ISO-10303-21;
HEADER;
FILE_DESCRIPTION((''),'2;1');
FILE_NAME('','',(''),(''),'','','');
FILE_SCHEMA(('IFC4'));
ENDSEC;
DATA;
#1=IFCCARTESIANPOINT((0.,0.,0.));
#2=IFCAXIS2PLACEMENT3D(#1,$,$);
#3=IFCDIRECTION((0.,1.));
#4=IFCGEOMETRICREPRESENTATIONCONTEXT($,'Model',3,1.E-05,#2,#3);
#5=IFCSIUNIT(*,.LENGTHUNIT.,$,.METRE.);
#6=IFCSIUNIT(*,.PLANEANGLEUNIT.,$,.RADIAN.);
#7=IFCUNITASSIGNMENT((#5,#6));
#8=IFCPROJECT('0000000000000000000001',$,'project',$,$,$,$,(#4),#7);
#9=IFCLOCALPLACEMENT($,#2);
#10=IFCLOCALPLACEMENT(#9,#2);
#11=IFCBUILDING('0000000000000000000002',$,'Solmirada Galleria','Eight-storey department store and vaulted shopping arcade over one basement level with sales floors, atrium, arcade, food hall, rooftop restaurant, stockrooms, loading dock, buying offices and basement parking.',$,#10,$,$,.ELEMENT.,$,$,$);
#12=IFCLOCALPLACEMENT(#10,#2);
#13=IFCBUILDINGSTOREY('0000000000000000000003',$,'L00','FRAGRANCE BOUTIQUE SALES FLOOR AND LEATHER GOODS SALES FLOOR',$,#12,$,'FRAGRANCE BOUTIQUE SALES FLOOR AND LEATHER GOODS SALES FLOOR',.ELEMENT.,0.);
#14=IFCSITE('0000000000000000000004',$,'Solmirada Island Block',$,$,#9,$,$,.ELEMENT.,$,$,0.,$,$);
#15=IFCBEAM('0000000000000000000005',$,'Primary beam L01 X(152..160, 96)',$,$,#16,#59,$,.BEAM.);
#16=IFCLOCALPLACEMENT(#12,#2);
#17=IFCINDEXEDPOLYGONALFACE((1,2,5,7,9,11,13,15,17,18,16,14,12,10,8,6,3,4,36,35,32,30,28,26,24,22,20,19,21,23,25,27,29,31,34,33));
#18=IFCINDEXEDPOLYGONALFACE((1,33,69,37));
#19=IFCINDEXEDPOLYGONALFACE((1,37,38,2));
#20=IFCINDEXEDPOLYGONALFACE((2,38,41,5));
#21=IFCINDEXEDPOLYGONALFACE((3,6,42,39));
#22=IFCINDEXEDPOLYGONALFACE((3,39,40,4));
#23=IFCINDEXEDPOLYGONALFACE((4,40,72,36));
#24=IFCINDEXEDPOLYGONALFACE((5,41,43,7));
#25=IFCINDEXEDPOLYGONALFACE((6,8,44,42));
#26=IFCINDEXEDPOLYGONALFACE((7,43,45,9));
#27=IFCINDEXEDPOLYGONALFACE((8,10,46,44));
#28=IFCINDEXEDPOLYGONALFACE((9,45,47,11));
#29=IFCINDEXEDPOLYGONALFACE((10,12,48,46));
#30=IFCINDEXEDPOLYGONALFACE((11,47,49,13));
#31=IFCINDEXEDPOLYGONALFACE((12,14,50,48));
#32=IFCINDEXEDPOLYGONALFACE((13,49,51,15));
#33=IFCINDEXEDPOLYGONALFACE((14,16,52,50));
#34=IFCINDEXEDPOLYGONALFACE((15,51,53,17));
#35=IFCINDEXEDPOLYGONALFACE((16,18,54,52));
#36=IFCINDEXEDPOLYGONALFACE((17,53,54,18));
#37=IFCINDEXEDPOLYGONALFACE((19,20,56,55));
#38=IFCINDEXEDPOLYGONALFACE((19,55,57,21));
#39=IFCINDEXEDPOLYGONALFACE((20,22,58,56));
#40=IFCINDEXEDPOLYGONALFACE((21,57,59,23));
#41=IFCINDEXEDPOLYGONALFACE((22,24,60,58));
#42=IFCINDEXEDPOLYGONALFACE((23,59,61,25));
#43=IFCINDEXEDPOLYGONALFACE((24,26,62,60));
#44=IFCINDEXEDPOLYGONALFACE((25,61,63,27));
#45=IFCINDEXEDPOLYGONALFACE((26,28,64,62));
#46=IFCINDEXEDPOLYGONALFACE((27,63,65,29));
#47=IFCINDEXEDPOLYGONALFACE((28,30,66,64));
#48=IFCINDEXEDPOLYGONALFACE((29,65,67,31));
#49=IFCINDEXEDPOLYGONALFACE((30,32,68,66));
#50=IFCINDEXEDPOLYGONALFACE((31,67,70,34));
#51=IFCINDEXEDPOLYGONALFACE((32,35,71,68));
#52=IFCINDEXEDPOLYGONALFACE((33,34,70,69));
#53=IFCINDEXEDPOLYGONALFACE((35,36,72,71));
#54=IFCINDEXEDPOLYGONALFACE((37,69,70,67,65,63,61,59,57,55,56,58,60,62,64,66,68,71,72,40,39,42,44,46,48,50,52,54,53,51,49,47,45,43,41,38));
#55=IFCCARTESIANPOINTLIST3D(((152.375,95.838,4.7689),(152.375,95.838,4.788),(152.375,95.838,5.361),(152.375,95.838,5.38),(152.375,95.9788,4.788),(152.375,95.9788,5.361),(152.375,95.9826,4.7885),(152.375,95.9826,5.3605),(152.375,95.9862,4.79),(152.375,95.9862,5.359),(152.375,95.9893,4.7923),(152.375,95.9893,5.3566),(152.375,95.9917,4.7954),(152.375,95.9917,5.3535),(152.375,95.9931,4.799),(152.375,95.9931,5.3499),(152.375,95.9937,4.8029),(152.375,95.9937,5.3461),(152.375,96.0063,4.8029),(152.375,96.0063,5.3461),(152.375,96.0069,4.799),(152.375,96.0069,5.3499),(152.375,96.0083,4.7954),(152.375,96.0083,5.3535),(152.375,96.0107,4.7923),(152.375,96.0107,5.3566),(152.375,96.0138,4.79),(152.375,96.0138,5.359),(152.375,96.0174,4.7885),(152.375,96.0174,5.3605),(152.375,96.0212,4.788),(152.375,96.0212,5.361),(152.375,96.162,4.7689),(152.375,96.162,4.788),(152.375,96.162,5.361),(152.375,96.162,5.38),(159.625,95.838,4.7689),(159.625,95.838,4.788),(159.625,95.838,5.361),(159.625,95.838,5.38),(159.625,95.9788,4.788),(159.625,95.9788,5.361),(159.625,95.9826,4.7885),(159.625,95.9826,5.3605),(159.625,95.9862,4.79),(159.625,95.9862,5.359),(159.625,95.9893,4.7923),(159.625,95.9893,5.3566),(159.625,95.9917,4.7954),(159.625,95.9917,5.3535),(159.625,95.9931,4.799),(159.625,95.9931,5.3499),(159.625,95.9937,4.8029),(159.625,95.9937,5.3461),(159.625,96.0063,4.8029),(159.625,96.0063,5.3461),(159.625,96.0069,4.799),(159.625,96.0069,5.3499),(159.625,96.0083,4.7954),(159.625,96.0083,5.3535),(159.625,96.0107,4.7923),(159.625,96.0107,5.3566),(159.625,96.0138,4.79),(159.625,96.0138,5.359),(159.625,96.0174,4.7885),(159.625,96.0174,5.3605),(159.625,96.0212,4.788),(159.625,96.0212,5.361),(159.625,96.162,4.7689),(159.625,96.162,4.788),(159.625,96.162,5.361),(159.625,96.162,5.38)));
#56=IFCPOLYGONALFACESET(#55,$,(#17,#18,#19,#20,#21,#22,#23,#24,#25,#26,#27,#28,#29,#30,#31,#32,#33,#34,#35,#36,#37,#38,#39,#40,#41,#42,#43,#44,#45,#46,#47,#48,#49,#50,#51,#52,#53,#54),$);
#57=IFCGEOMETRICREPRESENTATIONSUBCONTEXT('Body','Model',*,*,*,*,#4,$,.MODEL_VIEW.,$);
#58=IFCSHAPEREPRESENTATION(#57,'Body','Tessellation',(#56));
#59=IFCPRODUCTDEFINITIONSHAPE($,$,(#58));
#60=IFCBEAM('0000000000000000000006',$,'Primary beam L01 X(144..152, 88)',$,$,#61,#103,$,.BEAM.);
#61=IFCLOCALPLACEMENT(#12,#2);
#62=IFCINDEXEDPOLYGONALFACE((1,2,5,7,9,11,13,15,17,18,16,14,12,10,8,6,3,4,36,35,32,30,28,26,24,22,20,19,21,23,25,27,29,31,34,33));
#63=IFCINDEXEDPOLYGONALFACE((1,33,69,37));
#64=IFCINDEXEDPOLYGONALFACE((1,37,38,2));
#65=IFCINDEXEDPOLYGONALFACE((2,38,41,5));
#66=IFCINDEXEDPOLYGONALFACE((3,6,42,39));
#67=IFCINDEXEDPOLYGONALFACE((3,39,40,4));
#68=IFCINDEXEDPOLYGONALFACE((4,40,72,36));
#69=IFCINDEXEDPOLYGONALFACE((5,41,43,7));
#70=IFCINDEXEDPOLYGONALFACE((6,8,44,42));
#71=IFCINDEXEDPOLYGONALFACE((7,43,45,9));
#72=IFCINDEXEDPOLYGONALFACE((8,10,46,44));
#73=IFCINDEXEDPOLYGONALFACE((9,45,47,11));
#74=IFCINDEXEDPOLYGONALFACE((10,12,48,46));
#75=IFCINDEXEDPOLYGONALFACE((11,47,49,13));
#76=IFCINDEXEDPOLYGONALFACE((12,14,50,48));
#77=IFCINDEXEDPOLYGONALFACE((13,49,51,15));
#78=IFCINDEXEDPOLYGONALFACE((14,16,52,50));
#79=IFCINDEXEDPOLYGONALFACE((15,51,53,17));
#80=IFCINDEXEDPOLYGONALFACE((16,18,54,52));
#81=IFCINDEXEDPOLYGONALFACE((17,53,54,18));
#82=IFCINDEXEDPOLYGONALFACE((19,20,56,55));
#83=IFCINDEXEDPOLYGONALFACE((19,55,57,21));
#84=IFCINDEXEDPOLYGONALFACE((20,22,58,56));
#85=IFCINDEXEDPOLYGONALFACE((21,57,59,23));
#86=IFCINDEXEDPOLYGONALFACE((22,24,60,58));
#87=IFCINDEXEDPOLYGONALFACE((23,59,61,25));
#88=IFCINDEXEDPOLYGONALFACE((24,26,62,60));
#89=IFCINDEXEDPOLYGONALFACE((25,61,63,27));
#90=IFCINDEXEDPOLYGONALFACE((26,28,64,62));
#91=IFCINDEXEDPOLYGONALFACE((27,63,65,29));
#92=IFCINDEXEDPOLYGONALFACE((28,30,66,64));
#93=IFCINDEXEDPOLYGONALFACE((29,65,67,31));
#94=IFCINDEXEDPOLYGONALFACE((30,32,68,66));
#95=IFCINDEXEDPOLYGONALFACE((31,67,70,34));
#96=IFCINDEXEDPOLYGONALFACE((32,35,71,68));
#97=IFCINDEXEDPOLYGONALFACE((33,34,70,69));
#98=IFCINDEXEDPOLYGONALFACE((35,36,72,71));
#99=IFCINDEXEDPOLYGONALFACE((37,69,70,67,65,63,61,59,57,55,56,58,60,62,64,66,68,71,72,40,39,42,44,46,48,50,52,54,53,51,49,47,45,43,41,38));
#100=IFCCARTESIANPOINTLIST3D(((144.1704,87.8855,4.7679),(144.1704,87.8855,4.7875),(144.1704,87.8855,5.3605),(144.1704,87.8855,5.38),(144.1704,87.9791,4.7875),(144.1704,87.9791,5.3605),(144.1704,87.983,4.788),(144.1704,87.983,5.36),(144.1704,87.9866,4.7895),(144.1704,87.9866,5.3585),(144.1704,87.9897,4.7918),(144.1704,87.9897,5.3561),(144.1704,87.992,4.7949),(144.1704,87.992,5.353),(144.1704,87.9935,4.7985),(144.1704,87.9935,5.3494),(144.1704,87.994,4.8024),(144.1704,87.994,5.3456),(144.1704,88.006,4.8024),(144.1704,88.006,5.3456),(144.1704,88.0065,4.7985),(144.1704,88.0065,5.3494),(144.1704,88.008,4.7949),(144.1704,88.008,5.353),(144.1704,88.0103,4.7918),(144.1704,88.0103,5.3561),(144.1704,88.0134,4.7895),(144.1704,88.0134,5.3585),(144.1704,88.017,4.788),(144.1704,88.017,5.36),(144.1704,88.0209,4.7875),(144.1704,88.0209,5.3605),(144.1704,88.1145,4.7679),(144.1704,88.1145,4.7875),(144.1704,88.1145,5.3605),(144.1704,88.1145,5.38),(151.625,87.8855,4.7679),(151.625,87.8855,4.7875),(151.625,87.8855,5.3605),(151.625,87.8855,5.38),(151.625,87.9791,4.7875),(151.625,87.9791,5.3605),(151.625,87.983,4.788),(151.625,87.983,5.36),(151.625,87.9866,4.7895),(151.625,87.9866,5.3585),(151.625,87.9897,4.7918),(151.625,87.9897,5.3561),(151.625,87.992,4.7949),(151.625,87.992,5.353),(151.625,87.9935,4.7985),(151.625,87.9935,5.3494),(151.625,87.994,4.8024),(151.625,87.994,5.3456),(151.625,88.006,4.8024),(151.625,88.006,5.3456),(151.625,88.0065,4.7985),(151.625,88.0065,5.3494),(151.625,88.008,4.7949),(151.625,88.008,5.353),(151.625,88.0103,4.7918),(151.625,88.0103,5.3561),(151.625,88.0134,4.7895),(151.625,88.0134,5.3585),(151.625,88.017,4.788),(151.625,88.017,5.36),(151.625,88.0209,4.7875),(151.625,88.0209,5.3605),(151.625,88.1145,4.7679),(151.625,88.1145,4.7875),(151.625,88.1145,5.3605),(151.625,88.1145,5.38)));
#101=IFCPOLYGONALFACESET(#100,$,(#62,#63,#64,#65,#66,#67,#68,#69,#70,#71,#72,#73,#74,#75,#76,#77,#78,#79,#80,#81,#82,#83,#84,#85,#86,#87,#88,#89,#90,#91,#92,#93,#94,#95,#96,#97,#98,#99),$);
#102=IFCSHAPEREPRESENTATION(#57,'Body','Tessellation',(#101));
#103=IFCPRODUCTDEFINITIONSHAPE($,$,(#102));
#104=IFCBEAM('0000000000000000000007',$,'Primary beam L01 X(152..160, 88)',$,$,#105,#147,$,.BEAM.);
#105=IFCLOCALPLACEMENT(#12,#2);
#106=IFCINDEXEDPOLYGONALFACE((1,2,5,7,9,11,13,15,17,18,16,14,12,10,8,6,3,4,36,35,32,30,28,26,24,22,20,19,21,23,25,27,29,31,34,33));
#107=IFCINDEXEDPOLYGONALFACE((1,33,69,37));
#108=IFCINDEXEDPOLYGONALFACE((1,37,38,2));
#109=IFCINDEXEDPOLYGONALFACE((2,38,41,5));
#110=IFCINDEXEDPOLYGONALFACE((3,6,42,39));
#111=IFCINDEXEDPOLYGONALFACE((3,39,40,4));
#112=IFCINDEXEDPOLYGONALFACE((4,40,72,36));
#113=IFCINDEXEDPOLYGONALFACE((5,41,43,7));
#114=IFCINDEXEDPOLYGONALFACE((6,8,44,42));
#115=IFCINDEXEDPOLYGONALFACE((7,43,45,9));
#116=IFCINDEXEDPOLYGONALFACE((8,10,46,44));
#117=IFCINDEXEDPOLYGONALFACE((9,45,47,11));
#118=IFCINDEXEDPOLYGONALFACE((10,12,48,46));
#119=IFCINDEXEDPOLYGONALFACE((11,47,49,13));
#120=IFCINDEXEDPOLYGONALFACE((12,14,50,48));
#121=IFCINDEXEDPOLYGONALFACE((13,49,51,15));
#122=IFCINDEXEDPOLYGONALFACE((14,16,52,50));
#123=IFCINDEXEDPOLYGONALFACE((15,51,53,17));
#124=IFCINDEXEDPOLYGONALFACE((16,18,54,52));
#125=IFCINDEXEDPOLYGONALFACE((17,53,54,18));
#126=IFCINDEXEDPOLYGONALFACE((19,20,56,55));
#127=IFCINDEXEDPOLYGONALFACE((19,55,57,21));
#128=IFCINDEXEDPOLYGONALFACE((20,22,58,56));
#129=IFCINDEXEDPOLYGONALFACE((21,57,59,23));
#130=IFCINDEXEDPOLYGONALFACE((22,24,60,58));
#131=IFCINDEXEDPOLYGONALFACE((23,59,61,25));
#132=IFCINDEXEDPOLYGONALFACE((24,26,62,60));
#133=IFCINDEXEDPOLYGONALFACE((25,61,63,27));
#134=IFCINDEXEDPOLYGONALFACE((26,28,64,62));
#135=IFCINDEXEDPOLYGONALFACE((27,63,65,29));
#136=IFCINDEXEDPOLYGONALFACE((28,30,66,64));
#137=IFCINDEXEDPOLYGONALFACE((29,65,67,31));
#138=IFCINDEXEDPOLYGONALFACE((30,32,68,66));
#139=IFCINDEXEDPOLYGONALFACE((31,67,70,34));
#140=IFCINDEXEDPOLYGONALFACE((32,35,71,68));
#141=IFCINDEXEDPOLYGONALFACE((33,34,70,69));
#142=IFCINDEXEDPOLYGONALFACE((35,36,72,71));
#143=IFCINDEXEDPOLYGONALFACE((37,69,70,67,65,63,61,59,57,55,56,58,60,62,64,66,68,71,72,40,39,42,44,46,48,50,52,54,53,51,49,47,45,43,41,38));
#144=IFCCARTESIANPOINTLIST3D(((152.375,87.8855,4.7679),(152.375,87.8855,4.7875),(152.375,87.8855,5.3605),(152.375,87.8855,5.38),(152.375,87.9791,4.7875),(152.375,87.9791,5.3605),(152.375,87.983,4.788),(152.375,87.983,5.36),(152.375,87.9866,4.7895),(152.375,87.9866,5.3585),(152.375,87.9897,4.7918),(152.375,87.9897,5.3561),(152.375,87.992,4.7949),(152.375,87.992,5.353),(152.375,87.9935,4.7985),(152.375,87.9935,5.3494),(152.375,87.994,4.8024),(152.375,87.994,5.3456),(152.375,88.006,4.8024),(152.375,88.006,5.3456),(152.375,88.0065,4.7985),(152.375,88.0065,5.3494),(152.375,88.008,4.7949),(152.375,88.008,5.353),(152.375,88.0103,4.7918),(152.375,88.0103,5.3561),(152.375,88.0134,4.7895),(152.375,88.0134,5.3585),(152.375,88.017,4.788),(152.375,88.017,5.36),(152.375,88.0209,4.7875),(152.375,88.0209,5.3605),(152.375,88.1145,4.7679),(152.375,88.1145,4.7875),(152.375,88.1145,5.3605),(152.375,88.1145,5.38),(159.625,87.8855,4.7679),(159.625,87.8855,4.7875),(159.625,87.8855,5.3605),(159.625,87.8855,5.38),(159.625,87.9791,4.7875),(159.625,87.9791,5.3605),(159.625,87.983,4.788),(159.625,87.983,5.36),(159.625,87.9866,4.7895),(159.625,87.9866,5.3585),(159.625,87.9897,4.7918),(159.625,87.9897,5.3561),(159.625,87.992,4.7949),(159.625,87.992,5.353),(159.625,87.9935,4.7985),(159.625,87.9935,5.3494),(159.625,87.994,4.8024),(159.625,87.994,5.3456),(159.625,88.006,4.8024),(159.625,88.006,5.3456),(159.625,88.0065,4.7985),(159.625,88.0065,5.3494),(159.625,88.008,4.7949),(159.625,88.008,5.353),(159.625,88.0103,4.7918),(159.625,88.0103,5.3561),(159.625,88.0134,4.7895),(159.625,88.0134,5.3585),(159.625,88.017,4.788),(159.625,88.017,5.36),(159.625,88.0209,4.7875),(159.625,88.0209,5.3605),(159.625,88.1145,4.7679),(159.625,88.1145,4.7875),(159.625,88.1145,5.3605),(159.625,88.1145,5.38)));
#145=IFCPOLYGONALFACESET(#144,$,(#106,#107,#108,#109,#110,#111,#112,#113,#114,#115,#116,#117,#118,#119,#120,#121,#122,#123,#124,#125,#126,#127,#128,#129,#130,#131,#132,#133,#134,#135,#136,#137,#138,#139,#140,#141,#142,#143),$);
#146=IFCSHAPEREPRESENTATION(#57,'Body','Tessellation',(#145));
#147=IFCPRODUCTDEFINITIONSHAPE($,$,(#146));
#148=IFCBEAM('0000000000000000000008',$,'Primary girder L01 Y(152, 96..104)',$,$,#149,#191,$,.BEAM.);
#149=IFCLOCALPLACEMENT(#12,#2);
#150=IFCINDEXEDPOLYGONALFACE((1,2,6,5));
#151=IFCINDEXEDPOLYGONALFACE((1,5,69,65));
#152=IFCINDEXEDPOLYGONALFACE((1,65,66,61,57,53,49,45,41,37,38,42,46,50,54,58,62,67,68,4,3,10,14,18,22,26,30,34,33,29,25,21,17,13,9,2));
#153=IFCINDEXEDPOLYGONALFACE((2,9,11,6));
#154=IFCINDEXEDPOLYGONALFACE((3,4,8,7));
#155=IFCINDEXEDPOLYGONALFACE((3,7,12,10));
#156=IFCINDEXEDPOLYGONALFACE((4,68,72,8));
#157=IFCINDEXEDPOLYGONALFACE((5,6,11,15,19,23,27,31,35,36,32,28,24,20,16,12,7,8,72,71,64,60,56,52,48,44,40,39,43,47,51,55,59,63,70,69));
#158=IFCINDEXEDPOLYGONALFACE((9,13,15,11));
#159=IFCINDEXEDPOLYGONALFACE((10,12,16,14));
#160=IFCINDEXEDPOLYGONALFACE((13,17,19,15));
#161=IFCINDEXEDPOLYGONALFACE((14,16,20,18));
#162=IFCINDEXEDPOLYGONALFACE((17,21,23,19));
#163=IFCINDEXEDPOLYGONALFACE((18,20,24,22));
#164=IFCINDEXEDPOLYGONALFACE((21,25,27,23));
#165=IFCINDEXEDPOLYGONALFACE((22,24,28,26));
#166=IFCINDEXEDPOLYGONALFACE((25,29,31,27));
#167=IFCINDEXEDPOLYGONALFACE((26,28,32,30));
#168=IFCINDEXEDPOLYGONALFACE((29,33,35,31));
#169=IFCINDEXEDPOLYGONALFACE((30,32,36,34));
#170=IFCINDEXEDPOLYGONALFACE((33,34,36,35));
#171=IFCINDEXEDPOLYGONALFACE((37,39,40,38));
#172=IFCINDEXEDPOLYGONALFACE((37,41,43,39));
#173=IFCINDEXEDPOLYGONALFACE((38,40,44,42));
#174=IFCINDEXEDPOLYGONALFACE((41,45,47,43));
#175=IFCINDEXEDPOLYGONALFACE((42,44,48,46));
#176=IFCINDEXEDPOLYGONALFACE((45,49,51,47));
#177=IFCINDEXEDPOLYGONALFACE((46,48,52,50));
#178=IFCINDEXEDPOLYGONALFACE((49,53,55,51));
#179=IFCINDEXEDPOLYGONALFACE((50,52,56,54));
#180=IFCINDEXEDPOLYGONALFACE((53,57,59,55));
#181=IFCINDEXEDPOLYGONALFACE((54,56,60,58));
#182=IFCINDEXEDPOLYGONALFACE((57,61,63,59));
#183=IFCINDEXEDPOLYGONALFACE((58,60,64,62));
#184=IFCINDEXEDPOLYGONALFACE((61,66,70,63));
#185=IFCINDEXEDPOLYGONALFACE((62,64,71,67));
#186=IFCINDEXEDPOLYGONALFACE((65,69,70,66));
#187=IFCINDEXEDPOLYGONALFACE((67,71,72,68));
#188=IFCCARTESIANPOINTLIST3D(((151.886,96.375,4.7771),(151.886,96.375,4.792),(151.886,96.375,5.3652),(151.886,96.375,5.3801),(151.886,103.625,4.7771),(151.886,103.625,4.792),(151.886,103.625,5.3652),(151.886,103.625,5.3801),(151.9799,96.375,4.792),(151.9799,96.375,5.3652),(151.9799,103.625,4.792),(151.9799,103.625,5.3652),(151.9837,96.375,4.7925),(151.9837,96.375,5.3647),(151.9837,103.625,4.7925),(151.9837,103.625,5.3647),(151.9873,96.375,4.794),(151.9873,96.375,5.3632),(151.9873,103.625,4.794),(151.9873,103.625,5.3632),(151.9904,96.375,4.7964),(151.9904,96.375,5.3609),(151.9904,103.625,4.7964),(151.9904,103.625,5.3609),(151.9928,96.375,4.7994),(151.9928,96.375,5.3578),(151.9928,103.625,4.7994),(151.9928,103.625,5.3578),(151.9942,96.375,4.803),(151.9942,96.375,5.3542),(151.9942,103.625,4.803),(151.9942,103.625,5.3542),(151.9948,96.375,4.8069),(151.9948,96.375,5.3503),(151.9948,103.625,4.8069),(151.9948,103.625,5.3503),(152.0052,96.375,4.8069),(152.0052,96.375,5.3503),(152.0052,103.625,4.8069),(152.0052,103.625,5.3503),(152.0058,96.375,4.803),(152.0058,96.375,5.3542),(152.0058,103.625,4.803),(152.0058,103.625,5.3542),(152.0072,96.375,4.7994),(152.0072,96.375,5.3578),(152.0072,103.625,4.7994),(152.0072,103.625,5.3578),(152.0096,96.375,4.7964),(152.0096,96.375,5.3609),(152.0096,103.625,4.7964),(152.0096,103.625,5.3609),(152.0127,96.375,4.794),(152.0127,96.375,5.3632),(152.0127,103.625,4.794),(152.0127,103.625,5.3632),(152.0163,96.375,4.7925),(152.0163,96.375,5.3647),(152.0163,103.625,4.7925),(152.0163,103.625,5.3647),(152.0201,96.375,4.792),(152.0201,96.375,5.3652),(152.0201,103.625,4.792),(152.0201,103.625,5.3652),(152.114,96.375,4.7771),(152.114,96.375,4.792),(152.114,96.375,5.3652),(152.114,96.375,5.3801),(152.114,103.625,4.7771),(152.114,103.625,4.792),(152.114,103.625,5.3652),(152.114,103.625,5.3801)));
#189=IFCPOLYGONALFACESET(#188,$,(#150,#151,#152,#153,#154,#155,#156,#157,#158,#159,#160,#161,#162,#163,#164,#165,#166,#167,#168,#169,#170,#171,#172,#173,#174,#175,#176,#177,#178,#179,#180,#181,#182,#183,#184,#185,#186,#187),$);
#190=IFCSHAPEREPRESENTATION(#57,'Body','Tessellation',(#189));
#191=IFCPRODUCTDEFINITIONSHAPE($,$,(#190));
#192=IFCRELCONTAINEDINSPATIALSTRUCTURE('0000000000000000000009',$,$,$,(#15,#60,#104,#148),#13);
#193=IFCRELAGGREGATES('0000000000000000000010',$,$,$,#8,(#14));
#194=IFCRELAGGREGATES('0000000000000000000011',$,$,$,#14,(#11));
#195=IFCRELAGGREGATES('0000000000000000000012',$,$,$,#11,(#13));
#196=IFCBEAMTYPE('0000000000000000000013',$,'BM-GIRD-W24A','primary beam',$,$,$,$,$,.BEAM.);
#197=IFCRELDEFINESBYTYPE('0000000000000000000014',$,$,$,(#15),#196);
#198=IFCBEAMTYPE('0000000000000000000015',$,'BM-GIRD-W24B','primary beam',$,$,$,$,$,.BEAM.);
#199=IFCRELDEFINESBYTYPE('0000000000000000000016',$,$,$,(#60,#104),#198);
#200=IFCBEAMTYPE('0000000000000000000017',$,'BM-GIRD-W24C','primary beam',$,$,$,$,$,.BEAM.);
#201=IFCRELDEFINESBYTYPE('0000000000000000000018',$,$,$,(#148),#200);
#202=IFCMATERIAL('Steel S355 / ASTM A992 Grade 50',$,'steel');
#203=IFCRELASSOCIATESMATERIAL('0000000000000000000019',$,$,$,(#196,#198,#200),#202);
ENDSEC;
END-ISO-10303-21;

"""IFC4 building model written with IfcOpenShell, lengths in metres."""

from ifc_helpers import new_model, si_unit, direction, frame, origin, origin_2d, place, context, subcontext, project, spatial, i_section, extrude, material, material_profile, profile_set, type_object, element, save


model = new_model("IFC4")

# Units and contexts
model_context = context("Model", 3, precision=1e-05, world=origin(), true_north=direction((0.0, 1.0)))
body_context = subcontext(model_context, "Body", "Model", "MODEL_VIEW")
ifc_project = project(units=[si_unit("LENGTHUNIT", "METRE"), si_unit("PLANEANGLEUNIT", "RADIAN")], contexts=[model_context])

# Site, building, storey
site_placement = place(None, origin())
site = spatial("IfcSite", under=ifc_project, at=site_placement, Name="Solmirada Island Block", CompositionType="ELEMENT", RefElevation=0.0)
building_placement = place(site_placement, origin())
building = spatial("IfcBuilding", under=site, at=building_placement, Name="Solmirada Galleria", Description="Eight-storey department store and vaulted shopping arcade over one basement level with sales floors, atrium, arcade, food hall, rooftop restaurant, stockrooms, loading dock, buying offices and basement parking.", CompositionType="ELEMENT")
storey_placement = place(building_placement, origin())
storey = spatial("IfcBuildingStorey", under=building, at=storey_placement, Name="L00", Description="FRAGRANCE BOUTIQUE SALES FLOOR AND LEATHER GOODS SALES FLOOR", LongName="FRAGRANCE BOUTIQUE SALES FLOOR AND LEATHER GOODS SALES FLOOR", CompositionType="ELEMENT", Elevation=0.0)

# Beams
ifc_material_1 = material(Name="Steel S355 / ASTM A992 Grade 50", Category="steel")
ifc_material_profile_1 = material_profile(ifc_material_1, i_section(OverallWidth=0.324, OverallDepth=0.6111, WebThickness=0.0127, FlangeThickness=0.019, FilletRadius=0.0149, at=origin_2d()), Name="W24X104")
ifc_profile_set_1 = profile_set([ifc_material_profile_1], Name="Steel S355 / ASTM A992 Grade 50")
beam_type_1 = type_object("IfcBeamType", Name="BM-GIRD-W24A", Description="primary beam", PredefinedType="BEAM", material=ifc_profile_set_1)
for number, where, z_axis, x_axis, name in (
    (1, (152.375, 96.0, 5.0745), (1.0, 0.0, 0.0), (0.0, 1.0, 0.0), "Primary beam L01 X(152..160, 96)"),
):
    element("IfcBeam", number, at=place(storey_placement, frame(where, z_axis=z_axis, x_axis=x_axis)), inside=storey, type_object=beam_type_1, Name=name, PredefinedType="BEAM", context=body_context, shape_type="SweptSolid", body=[
        extrude(i_section(OverallWidth=0.324, OverallDepth=0.6111, WebThickness=0.0127, FlangeThickness=0.019, FilletRadius=0.0149, at=origin_2d()), origin(), (0.0, 0.0, 1.0), 7.25),
    ])
ifc_material_profile_2 = material_profile(ifc_material_1, i_section(OverallWidth=0.229, OverallDepth=0.6121, WebThickness=0.012, FlangeThickness=0.0195, FilletRadius=0.0149, at=origin_2d()), Name="W24X84")
ifc_profile_set_2 = profile_set([ifc_material_profile_2], Name="Steel S355 / ASTM A992 Grade 50")
beam_type_2 = type_object("IfcBeamType", Name="BM-GIRD-W24B", Description="primary beam", PredefinedType="BEAM", material=ifc_profile_set_2)
beam_1_placement = place(storey_placement, frame((144.1704, 88.0, 5.074), z_axis=(1.0, 0.0, 0.0), x_axis=(0.0, 1.0, 0.0)))
element("IfcBeam", 2, at=beam_1_placement, inside=storey, type_object=beam_type_2, Name="Primary beam L01 X(144..152, 88)", PredefinedType="BEAM", context=body_context, shape_type="SweptSolid", body=[
    extrude(i_section(OverallWidth=0.229, OverallDepth=0.6121, WebThickness=0.012, FlangeThickness=0.0195, FilletRadius=0.0149, at=origin_2d()), origin(), (0.0, 0.0, 1.0), 7.4546),
])
beam_2_placement = place(storey_placement, frame((152.375, 88.0, 5.074), z_axis=(1.0, 0.0, 0.0), x_axis=(0.0, 1.0, 0.0)))
element("IfcBeam", 3, at=beam_2_placement, inside=storey, type_object=beam_type_2, Name="Primary beam L01 X(152..160, 88)", PredefinedType="BEAM", context=body_context, shape_type="SweptSolid", body=[
    extrude(i_section(OverallWidth=0.229, OverallDepth=0.6121, WebThickness=0.012, FlangeThickness=0.0195, FilletRadius=0.0149, at=origin_2d()), origin(), (0.0, 0.0, 1.0), 7.25),
])
ifc_material_profile_3 = material_profile(ifc_material_1, i_section(OverallWidth=0.228, OverallDepth=0.603, WebThickness=0.0105, FlangeThickness=0.0149, FilletRadius=0.0149, at=origin_2d()), Name="W24X68")
ifc_profile_set_3 = profile_set([ifc_material_profile_3], Name="Steel S355 / ASTM A992 Grade 50")
beam_type_3 = type_object("IfcBeamType", Name="BM-GIRD-W24C", Description="primary beam", PredefinedType="BEAM", material=ifc_profile_set_3)
beam_3_placement = place(storey_placement, frame((152.0, 96.375, 5.0786), z_axis=(0.0, 1.0, 0.0), x_axis=(-1.0, 0.0, 0.0)))
element("IfcBeam", 4, at=beam_3_placement, inside=storey, type_object=beam_type_3, Name="Primary girder L01 Y(152, 96..104)", PredefinedType="BEAM", context=body_context, shape_type="SweptSolid", body=[
    extrude(i_section(OverallWidth=0.228, OverallDepth=0.603, WebThickness=0.0105, FlangeThickness=0.0149, FilletRadius=0.0149, at=origin_2d()), origin(), (0.0, 0.0, 1.0), 7.25),
])

save(model, "model.ifc")
